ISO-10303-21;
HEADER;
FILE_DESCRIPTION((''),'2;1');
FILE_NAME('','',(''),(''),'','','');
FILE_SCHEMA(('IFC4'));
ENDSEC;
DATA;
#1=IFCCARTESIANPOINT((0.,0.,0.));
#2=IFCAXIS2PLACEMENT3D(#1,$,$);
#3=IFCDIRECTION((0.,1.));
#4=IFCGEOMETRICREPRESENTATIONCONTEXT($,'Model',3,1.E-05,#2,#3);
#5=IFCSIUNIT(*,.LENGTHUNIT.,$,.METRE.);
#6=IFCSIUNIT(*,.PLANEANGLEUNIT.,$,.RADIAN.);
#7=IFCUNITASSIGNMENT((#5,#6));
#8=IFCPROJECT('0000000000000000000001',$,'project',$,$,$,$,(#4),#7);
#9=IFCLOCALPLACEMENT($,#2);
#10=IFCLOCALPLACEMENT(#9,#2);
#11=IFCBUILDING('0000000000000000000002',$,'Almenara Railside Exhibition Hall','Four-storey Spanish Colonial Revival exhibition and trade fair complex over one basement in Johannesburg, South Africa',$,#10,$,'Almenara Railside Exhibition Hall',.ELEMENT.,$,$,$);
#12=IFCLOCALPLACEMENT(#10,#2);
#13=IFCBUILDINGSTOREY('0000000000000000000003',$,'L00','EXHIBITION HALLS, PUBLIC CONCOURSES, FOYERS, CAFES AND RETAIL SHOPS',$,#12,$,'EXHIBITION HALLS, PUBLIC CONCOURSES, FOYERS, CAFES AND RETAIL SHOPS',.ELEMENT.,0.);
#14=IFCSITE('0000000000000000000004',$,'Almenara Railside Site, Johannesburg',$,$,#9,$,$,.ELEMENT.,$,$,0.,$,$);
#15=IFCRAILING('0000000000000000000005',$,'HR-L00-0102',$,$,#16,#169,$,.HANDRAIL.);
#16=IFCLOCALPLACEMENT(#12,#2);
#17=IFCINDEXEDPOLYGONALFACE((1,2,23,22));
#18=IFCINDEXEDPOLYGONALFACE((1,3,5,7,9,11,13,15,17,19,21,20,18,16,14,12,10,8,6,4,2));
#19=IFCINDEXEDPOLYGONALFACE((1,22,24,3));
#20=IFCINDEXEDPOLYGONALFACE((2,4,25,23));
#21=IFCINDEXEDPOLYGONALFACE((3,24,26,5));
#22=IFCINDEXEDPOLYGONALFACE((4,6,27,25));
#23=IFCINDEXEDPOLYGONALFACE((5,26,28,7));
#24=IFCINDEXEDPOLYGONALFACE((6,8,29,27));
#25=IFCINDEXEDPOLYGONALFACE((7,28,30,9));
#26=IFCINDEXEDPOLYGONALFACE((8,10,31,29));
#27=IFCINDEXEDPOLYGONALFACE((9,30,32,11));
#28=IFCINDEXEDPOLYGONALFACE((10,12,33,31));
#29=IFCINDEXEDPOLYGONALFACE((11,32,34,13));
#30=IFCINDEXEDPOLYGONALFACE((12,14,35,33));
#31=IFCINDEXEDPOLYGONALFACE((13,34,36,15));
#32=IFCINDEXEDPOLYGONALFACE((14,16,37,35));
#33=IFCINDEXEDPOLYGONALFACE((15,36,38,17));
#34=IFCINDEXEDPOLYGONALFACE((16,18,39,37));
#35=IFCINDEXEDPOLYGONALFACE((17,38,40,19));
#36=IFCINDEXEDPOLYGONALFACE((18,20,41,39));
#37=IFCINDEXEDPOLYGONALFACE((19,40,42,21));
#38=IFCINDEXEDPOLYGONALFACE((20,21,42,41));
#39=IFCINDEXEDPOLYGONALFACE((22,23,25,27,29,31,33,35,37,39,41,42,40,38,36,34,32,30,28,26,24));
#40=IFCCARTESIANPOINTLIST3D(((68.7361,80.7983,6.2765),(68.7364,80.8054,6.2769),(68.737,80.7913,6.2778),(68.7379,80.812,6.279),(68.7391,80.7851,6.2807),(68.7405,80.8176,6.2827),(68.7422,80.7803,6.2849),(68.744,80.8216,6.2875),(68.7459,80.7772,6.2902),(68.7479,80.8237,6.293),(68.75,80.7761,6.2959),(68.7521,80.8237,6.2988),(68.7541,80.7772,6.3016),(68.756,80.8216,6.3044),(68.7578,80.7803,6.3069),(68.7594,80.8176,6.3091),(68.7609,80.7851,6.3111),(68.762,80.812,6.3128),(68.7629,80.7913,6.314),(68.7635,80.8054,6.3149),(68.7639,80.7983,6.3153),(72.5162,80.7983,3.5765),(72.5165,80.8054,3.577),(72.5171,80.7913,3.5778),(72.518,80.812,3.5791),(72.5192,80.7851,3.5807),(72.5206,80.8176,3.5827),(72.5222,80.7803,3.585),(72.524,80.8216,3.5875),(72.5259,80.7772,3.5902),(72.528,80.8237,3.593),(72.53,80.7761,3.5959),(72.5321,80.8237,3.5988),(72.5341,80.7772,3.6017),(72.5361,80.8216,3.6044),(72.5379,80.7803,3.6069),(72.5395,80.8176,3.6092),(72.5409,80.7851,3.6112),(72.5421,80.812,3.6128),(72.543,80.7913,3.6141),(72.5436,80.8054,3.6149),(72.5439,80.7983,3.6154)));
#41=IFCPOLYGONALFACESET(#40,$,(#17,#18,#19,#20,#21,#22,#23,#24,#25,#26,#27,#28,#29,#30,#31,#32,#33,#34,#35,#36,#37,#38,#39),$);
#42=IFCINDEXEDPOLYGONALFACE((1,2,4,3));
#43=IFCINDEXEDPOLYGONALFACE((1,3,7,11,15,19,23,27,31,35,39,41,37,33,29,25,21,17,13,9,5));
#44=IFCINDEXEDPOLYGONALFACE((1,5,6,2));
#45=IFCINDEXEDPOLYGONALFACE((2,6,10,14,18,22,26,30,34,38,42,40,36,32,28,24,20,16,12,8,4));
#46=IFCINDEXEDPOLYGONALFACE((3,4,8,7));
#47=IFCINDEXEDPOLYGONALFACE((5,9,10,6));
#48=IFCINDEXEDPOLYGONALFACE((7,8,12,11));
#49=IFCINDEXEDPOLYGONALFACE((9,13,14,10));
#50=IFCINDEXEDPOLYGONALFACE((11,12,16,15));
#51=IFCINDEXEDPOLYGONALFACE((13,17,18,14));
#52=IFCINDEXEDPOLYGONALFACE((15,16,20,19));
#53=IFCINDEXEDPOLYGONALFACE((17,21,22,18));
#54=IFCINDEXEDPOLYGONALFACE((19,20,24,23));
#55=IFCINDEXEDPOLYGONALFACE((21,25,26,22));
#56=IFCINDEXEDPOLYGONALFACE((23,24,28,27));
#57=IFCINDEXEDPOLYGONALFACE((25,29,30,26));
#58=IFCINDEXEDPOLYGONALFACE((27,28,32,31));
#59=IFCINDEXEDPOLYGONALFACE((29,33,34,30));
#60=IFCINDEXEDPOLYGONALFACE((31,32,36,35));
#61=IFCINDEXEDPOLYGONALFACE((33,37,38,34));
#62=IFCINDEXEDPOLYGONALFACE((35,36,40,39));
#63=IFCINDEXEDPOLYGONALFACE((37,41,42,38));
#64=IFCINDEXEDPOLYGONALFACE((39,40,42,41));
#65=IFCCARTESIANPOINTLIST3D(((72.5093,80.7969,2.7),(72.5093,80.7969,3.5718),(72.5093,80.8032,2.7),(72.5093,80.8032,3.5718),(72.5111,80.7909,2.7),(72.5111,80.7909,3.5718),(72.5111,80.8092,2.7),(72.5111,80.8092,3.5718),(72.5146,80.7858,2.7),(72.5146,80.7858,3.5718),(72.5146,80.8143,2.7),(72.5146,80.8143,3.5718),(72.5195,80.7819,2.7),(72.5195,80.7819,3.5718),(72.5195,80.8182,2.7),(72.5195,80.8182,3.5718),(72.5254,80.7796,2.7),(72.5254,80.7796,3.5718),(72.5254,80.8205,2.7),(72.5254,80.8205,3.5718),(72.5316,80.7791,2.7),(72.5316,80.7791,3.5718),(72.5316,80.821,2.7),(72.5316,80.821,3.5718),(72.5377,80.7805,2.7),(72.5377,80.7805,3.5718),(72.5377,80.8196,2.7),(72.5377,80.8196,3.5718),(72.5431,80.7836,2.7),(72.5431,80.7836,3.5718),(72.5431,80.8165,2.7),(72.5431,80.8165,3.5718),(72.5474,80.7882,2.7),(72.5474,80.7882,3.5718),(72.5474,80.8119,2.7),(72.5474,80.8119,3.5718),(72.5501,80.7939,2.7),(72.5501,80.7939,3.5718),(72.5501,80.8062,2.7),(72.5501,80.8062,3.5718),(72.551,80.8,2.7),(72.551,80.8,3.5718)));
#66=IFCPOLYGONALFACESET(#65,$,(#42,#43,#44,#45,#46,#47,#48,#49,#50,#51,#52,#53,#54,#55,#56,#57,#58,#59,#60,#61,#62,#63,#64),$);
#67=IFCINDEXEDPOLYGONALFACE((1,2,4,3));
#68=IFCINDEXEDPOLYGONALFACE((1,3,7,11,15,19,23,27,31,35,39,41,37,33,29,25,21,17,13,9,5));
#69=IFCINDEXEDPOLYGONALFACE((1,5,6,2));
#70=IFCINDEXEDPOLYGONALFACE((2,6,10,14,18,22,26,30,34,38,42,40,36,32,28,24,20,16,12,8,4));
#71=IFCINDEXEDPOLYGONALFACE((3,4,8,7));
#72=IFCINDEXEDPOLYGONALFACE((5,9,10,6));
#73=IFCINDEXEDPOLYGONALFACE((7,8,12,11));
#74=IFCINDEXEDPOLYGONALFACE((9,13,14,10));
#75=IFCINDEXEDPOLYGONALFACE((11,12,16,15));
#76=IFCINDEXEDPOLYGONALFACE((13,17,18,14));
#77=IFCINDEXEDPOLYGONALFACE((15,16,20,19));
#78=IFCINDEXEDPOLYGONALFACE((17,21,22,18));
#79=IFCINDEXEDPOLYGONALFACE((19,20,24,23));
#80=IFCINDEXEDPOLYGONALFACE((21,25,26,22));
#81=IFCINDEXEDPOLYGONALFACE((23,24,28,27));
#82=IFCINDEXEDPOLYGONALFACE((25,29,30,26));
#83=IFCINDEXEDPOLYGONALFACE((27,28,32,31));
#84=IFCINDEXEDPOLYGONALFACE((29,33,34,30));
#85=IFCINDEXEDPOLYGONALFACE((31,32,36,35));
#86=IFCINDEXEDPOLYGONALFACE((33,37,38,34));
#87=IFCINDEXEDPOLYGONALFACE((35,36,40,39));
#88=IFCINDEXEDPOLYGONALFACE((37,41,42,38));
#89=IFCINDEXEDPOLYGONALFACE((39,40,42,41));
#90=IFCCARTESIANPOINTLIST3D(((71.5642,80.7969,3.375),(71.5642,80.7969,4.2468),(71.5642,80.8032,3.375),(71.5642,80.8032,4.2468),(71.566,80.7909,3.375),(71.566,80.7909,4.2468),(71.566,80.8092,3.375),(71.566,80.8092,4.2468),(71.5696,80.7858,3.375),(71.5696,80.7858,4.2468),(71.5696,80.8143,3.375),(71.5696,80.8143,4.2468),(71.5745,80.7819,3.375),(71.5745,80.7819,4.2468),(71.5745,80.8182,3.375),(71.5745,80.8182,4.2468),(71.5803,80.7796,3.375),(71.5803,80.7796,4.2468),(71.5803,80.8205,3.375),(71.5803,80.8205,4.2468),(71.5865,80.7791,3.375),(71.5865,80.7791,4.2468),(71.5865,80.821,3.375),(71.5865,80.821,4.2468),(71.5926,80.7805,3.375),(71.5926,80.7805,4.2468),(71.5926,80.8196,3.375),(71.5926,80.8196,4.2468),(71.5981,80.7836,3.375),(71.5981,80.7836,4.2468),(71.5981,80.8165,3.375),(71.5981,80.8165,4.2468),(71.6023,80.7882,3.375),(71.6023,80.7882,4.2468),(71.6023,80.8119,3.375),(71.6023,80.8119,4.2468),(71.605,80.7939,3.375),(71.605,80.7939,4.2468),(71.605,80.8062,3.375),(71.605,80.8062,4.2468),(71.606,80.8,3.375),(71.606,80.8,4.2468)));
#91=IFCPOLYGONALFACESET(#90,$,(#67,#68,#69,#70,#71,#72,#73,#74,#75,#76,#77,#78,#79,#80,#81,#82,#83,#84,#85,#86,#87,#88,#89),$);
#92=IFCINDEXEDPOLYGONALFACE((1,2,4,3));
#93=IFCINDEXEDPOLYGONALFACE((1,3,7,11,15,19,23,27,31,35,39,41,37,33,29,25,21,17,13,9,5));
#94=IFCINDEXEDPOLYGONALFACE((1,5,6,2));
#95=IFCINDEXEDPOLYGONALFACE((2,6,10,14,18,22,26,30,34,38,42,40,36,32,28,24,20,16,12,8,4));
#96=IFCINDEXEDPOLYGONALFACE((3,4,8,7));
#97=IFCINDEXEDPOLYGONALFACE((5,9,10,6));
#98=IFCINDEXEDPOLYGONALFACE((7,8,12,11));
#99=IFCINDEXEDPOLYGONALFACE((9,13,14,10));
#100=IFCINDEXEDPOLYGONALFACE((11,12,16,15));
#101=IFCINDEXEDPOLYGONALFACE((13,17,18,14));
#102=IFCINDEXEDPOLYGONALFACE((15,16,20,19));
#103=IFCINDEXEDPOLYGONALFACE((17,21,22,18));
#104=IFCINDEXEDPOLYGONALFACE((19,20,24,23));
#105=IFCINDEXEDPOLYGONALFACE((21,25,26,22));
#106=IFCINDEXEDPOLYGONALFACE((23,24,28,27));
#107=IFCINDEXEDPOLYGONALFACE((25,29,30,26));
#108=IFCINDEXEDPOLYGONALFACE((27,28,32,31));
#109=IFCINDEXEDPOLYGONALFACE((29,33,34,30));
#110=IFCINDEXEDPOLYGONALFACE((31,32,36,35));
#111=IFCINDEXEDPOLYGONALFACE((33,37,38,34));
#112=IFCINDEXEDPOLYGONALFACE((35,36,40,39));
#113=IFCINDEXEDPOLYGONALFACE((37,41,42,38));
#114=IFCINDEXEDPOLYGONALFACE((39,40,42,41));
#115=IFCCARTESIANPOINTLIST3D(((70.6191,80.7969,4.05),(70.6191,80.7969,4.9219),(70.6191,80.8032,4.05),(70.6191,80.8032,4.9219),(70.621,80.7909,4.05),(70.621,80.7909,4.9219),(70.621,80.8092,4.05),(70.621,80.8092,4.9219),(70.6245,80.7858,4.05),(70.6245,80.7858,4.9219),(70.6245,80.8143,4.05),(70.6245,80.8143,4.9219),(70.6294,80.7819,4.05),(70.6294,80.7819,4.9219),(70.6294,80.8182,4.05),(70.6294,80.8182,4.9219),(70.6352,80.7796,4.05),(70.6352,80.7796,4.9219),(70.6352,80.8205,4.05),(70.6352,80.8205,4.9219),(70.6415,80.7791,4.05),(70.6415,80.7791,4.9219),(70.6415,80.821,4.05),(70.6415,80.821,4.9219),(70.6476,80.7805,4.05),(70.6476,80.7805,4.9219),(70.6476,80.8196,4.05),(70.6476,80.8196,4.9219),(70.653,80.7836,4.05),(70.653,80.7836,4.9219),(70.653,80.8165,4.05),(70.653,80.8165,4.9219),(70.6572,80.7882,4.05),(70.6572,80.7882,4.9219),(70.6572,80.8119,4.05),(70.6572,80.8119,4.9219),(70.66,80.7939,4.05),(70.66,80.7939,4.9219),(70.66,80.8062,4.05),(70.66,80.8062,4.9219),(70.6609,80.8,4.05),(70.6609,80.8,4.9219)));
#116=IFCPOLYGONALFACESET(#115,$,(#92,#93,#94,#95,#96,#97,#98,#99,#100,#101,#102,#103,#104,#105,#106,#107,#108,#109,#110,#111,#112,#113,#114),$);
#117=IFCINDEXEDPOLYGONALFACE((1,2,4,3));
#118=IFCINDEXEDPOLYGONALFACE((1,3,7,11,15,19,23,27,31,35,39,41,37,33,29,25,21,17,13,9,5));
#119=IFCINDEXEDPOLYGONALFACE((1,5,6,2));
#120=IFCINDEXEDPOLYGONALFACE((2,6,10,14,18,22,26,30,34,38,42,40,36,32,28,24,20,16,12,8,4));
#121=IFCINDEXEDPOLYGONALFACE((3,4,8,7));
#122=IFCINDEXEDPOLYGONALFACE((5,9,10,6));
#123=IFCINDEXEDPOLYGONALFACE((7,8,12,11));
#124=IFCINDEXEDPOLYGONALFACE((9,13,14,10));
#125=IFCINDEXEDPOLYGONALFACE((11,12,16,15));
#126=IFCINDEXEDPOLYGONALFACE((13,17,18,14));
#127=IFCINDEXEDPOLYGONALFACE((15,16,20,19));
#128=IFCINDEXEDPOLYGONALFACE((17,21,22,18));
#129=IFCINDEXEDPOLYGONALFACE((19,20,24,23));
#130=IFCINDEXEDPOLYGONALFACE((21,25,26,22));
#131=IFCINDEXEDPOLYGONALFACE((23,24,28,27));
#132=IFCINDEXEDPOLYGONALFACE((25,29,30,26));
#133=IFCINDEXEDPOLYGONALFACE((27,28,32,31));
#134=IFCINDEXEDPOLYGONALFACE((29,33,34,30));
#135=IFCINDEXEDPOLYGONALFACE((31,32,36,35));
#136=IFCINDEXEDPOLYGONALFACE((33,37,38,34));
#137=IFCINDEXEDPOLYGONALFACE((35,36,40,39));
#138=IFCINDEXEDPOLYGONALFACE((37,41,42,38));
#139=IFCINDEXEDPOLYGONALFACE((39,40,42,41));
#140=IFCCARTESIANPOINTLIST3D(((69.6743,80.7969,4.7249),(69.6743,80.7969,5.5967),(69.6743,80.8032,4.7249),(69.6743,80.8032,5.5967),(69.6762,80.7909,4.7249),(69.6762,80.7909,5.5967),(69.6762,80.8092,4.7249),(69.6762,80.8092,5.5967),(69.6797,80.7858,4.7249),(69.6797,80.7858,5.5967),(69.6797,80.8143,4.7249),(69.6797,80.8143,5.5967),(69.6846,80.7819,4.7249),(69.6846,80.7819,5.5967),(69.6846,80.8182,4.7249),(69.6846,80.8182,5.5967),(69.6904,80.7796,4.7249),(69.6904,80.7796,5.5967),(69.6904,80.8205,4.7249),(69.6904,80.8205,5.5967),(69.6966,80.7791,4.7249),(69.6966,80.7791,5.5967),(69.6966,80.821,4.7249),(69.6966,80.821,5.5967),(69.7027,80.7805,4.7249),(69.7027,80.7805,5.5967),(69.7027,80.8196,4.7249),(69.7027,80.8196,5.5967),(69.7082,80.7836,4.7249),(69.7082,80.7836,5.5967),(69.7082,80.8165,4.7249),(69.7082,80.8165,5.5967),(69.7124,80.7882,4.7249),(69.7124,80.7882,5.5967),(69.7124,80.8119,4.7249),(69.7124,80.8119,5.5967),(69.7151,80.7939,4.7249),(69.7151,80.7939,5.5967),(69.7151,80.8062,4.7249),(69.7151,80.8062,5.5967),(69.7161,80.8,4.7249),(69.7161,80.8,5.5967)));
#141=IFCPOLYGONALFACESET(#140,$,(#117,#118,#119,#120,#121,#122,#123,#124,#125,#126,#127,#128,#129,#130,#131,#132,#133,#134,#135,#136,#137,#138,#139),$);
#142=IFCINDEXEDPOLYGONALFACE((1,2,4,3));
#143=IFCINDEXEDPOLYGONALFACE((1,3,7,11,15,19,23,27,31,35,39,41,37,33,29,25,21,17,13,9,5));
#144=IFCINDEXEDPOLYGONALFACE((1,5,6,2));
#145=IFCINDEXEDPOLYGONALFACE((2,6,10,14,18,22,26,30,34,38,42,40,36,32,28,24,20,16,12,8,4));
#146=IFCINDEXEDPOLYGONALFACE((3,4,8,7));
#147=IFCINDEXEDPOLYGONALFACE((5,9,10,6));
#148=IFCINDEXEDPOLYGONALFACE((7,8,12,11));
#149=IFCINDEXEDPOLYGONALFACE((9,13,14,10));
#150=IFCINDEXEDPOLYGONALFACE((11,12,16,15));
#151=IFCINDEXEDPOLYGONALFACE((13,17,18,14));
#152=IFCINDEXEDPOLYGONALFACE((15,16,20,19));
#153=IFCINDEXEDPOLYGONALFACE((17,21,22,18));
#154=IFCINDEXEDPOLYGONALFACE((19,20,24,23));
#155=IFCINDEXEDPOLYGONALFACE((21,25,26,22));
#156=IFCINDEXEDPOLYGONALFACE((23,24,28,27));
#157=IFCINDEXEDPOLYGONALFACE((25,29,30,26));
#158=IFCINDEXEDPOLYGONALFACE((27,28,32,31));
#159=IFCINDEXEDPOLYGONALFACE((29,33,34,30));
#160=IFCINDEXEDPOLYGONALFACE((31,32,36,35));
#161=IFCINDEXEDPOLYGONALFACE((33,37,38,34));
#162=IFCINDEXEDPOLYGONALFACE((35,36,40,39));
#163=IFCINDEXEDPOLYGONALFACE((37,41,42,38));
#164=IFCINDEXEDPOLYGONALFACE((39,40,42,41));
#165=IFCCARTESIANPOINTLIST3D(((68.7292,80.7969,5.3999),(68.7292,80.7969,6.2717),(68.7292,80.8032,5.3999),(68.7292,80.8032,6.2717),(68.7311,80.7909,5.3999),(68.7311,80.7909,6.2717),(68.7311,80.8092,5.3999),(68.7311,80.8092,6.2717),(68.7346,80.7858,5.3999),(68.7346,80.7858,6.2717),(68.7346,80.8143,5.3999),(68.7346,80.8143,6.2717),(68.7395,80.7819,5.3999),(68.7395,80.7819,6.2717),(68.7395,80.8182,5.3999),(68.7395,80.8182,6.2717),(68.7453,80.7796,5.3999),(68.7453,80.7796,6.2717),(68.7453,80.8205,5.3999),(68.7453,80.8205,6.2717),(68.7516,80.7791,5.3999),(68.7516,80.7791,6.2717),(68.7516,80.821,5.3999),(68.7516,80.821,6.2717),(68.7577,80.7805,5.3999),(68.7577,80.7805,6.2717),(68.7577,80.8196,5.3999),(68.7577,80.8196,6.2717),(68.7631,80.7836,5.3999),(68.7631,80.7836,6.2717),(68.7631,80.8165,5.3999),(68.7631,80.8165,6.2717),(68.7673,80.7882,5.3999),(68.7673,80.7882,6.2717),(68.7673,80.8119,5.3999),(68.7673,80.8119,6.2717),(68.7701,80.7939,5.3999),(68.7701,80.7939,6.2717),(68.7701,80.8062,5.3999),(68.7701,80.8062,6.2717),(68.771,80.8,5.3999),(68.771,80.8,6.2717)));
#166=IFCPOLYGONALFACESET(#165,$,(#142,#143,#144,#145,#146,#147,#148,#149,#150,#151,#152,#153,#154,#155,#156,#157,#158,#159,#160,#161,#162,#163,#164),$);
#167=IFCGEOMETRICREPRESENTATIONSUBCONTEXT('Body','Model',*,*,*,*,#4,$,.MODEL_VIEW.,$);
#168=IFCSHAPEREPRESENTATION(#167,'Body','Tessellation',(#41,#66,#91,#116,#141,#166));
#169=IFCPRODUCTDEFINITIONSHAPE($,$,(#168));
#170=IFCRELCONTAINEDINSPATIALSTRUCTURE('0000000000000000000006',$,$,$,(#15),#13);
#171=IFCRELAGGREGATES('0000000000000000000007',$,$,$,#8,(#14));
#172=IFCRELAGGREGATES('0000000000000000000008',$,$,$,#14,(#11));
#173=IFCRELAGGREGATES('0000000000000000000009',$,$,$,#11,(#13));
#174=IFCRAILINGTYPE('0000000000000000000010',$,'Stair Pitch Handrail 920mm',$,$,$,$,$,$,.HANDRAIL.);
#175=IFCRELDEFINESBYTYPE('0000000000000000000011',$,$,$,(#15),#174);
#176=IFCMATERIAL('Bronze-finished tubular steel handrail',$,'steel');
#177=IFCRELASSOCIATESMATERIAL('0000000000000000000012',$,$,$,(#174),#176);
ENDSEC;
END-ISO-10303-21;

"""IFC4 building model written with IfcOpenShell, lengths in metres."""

from ifc_helpers import new_model, si_unit, direction, frame, origin, origin_2d, place, context, subcontext, project, spatial, circle, extrude, material, type_object, element, save


model = new_model("IFC4")

# Units and contexts
model_context = context("Model", 3, precision=1e-05, world=origin(), true_north=direction((0.0, 1.0)))
body_context = subcontext(model_context, "Body", "Model", "MODEL_VIEW")
ifc_project = project(units=[si_unit("LENGTHUNIT", "METRE"), si_unit("PLANEANGLEUNIT", "RADIAN")], contexts=[model_context])

# Site, building, storey
site_placement = place(None, origin())
site = spatial("IfcSite", under=ifc_project, at=site_placement, Name="Almenara Railside Site, Johannesburg", CompositionType="ELEMENT", RefElevation=0.0)
building_placement = place(site_placement, origin())
building = spatial("IfcBuilding", under=site, at=building_placement, Name="Almenara Railside Exhibition Hall", Description="Four-storey Spanish Colonial Revival exhibition and trade fair complex over one basement in Johannesburg, South Africa", LongName="Almenara Railside Exhibition Hall", CompositionType="ELEMENT")
storey_placement = place(building_placement, origin())
storey = spatial("IfcBuildingStorey", under=building, at=storey_placement, Name="L00", Description="EXHIBITION HALLS, PUBLIC CONCOURSES, FOYERS, CAFES AND RETAIL SHOPS", LongName="EXHIBITION HALLS, PUBLIC CONCOURSES, FOYERS, CAFES AND RETAIL SHOPS", CompositionType="ELEMENT", Elevation=0.0)

# Railing
ifc_material_1 = material(Name="Bronze-finished tubular steel handrail", Category="steel")
railing_type_1 = type_object("IfcRailingType", Name="Stair Pitch Handrail 920mm", PredefinedType="HANDRAIL", material=ifc_material_1)
railing_1_placement = place(storey_placement, frame((72.53, 80.8, 2.7)))
element("IfcRailing", 1, at=railing_1_placement, inside=storey, type_object=railing_type_1, Name="HR-L00-0102", PredefinedType="HANDRAIL", context=body_context, shape_type="SweptSolid", body=[
    extrude(circle(Radius=0.0239, at=origin_2d()), frame((0.0, 0.0, 0.896), z_axis=(-0.813741, 0.0, 0.581228), x_axis=(0.0, -1.0, 0.0)), (0.0, 0.0, 1.0), 4.6453),
    extrude(circle(Radius=0.021, at=origin_2d()), origin(), (0.0, 0.0, 1.0), 0.8718),
    extrude(circle(Radius=0.021, at=origin_2d()), frame((-0.9451, 0.0, 0.675)), (0.0, 0.0, 1.0), 0.8718),
    extrude(circle(Radius=0.021, at=origin_2d()), frame((-1.8901, 0.0, 1.3501)), (0.0, 0.0, 1.0), 0.8718),
    extrude(circle(Radius=0.021, at=origin_2d()), frame((-2.835, 0.0, 2.0249)), (0.0, 0.0, 1.0), 0.8718),
    extrude(circle(Radius=0.021, at=origin_2d()), frame((-3.78, 0.0, 2.7)), (0.0, 0.0, 1.0), 0.8718),
])

save(model, "model.ifc")
